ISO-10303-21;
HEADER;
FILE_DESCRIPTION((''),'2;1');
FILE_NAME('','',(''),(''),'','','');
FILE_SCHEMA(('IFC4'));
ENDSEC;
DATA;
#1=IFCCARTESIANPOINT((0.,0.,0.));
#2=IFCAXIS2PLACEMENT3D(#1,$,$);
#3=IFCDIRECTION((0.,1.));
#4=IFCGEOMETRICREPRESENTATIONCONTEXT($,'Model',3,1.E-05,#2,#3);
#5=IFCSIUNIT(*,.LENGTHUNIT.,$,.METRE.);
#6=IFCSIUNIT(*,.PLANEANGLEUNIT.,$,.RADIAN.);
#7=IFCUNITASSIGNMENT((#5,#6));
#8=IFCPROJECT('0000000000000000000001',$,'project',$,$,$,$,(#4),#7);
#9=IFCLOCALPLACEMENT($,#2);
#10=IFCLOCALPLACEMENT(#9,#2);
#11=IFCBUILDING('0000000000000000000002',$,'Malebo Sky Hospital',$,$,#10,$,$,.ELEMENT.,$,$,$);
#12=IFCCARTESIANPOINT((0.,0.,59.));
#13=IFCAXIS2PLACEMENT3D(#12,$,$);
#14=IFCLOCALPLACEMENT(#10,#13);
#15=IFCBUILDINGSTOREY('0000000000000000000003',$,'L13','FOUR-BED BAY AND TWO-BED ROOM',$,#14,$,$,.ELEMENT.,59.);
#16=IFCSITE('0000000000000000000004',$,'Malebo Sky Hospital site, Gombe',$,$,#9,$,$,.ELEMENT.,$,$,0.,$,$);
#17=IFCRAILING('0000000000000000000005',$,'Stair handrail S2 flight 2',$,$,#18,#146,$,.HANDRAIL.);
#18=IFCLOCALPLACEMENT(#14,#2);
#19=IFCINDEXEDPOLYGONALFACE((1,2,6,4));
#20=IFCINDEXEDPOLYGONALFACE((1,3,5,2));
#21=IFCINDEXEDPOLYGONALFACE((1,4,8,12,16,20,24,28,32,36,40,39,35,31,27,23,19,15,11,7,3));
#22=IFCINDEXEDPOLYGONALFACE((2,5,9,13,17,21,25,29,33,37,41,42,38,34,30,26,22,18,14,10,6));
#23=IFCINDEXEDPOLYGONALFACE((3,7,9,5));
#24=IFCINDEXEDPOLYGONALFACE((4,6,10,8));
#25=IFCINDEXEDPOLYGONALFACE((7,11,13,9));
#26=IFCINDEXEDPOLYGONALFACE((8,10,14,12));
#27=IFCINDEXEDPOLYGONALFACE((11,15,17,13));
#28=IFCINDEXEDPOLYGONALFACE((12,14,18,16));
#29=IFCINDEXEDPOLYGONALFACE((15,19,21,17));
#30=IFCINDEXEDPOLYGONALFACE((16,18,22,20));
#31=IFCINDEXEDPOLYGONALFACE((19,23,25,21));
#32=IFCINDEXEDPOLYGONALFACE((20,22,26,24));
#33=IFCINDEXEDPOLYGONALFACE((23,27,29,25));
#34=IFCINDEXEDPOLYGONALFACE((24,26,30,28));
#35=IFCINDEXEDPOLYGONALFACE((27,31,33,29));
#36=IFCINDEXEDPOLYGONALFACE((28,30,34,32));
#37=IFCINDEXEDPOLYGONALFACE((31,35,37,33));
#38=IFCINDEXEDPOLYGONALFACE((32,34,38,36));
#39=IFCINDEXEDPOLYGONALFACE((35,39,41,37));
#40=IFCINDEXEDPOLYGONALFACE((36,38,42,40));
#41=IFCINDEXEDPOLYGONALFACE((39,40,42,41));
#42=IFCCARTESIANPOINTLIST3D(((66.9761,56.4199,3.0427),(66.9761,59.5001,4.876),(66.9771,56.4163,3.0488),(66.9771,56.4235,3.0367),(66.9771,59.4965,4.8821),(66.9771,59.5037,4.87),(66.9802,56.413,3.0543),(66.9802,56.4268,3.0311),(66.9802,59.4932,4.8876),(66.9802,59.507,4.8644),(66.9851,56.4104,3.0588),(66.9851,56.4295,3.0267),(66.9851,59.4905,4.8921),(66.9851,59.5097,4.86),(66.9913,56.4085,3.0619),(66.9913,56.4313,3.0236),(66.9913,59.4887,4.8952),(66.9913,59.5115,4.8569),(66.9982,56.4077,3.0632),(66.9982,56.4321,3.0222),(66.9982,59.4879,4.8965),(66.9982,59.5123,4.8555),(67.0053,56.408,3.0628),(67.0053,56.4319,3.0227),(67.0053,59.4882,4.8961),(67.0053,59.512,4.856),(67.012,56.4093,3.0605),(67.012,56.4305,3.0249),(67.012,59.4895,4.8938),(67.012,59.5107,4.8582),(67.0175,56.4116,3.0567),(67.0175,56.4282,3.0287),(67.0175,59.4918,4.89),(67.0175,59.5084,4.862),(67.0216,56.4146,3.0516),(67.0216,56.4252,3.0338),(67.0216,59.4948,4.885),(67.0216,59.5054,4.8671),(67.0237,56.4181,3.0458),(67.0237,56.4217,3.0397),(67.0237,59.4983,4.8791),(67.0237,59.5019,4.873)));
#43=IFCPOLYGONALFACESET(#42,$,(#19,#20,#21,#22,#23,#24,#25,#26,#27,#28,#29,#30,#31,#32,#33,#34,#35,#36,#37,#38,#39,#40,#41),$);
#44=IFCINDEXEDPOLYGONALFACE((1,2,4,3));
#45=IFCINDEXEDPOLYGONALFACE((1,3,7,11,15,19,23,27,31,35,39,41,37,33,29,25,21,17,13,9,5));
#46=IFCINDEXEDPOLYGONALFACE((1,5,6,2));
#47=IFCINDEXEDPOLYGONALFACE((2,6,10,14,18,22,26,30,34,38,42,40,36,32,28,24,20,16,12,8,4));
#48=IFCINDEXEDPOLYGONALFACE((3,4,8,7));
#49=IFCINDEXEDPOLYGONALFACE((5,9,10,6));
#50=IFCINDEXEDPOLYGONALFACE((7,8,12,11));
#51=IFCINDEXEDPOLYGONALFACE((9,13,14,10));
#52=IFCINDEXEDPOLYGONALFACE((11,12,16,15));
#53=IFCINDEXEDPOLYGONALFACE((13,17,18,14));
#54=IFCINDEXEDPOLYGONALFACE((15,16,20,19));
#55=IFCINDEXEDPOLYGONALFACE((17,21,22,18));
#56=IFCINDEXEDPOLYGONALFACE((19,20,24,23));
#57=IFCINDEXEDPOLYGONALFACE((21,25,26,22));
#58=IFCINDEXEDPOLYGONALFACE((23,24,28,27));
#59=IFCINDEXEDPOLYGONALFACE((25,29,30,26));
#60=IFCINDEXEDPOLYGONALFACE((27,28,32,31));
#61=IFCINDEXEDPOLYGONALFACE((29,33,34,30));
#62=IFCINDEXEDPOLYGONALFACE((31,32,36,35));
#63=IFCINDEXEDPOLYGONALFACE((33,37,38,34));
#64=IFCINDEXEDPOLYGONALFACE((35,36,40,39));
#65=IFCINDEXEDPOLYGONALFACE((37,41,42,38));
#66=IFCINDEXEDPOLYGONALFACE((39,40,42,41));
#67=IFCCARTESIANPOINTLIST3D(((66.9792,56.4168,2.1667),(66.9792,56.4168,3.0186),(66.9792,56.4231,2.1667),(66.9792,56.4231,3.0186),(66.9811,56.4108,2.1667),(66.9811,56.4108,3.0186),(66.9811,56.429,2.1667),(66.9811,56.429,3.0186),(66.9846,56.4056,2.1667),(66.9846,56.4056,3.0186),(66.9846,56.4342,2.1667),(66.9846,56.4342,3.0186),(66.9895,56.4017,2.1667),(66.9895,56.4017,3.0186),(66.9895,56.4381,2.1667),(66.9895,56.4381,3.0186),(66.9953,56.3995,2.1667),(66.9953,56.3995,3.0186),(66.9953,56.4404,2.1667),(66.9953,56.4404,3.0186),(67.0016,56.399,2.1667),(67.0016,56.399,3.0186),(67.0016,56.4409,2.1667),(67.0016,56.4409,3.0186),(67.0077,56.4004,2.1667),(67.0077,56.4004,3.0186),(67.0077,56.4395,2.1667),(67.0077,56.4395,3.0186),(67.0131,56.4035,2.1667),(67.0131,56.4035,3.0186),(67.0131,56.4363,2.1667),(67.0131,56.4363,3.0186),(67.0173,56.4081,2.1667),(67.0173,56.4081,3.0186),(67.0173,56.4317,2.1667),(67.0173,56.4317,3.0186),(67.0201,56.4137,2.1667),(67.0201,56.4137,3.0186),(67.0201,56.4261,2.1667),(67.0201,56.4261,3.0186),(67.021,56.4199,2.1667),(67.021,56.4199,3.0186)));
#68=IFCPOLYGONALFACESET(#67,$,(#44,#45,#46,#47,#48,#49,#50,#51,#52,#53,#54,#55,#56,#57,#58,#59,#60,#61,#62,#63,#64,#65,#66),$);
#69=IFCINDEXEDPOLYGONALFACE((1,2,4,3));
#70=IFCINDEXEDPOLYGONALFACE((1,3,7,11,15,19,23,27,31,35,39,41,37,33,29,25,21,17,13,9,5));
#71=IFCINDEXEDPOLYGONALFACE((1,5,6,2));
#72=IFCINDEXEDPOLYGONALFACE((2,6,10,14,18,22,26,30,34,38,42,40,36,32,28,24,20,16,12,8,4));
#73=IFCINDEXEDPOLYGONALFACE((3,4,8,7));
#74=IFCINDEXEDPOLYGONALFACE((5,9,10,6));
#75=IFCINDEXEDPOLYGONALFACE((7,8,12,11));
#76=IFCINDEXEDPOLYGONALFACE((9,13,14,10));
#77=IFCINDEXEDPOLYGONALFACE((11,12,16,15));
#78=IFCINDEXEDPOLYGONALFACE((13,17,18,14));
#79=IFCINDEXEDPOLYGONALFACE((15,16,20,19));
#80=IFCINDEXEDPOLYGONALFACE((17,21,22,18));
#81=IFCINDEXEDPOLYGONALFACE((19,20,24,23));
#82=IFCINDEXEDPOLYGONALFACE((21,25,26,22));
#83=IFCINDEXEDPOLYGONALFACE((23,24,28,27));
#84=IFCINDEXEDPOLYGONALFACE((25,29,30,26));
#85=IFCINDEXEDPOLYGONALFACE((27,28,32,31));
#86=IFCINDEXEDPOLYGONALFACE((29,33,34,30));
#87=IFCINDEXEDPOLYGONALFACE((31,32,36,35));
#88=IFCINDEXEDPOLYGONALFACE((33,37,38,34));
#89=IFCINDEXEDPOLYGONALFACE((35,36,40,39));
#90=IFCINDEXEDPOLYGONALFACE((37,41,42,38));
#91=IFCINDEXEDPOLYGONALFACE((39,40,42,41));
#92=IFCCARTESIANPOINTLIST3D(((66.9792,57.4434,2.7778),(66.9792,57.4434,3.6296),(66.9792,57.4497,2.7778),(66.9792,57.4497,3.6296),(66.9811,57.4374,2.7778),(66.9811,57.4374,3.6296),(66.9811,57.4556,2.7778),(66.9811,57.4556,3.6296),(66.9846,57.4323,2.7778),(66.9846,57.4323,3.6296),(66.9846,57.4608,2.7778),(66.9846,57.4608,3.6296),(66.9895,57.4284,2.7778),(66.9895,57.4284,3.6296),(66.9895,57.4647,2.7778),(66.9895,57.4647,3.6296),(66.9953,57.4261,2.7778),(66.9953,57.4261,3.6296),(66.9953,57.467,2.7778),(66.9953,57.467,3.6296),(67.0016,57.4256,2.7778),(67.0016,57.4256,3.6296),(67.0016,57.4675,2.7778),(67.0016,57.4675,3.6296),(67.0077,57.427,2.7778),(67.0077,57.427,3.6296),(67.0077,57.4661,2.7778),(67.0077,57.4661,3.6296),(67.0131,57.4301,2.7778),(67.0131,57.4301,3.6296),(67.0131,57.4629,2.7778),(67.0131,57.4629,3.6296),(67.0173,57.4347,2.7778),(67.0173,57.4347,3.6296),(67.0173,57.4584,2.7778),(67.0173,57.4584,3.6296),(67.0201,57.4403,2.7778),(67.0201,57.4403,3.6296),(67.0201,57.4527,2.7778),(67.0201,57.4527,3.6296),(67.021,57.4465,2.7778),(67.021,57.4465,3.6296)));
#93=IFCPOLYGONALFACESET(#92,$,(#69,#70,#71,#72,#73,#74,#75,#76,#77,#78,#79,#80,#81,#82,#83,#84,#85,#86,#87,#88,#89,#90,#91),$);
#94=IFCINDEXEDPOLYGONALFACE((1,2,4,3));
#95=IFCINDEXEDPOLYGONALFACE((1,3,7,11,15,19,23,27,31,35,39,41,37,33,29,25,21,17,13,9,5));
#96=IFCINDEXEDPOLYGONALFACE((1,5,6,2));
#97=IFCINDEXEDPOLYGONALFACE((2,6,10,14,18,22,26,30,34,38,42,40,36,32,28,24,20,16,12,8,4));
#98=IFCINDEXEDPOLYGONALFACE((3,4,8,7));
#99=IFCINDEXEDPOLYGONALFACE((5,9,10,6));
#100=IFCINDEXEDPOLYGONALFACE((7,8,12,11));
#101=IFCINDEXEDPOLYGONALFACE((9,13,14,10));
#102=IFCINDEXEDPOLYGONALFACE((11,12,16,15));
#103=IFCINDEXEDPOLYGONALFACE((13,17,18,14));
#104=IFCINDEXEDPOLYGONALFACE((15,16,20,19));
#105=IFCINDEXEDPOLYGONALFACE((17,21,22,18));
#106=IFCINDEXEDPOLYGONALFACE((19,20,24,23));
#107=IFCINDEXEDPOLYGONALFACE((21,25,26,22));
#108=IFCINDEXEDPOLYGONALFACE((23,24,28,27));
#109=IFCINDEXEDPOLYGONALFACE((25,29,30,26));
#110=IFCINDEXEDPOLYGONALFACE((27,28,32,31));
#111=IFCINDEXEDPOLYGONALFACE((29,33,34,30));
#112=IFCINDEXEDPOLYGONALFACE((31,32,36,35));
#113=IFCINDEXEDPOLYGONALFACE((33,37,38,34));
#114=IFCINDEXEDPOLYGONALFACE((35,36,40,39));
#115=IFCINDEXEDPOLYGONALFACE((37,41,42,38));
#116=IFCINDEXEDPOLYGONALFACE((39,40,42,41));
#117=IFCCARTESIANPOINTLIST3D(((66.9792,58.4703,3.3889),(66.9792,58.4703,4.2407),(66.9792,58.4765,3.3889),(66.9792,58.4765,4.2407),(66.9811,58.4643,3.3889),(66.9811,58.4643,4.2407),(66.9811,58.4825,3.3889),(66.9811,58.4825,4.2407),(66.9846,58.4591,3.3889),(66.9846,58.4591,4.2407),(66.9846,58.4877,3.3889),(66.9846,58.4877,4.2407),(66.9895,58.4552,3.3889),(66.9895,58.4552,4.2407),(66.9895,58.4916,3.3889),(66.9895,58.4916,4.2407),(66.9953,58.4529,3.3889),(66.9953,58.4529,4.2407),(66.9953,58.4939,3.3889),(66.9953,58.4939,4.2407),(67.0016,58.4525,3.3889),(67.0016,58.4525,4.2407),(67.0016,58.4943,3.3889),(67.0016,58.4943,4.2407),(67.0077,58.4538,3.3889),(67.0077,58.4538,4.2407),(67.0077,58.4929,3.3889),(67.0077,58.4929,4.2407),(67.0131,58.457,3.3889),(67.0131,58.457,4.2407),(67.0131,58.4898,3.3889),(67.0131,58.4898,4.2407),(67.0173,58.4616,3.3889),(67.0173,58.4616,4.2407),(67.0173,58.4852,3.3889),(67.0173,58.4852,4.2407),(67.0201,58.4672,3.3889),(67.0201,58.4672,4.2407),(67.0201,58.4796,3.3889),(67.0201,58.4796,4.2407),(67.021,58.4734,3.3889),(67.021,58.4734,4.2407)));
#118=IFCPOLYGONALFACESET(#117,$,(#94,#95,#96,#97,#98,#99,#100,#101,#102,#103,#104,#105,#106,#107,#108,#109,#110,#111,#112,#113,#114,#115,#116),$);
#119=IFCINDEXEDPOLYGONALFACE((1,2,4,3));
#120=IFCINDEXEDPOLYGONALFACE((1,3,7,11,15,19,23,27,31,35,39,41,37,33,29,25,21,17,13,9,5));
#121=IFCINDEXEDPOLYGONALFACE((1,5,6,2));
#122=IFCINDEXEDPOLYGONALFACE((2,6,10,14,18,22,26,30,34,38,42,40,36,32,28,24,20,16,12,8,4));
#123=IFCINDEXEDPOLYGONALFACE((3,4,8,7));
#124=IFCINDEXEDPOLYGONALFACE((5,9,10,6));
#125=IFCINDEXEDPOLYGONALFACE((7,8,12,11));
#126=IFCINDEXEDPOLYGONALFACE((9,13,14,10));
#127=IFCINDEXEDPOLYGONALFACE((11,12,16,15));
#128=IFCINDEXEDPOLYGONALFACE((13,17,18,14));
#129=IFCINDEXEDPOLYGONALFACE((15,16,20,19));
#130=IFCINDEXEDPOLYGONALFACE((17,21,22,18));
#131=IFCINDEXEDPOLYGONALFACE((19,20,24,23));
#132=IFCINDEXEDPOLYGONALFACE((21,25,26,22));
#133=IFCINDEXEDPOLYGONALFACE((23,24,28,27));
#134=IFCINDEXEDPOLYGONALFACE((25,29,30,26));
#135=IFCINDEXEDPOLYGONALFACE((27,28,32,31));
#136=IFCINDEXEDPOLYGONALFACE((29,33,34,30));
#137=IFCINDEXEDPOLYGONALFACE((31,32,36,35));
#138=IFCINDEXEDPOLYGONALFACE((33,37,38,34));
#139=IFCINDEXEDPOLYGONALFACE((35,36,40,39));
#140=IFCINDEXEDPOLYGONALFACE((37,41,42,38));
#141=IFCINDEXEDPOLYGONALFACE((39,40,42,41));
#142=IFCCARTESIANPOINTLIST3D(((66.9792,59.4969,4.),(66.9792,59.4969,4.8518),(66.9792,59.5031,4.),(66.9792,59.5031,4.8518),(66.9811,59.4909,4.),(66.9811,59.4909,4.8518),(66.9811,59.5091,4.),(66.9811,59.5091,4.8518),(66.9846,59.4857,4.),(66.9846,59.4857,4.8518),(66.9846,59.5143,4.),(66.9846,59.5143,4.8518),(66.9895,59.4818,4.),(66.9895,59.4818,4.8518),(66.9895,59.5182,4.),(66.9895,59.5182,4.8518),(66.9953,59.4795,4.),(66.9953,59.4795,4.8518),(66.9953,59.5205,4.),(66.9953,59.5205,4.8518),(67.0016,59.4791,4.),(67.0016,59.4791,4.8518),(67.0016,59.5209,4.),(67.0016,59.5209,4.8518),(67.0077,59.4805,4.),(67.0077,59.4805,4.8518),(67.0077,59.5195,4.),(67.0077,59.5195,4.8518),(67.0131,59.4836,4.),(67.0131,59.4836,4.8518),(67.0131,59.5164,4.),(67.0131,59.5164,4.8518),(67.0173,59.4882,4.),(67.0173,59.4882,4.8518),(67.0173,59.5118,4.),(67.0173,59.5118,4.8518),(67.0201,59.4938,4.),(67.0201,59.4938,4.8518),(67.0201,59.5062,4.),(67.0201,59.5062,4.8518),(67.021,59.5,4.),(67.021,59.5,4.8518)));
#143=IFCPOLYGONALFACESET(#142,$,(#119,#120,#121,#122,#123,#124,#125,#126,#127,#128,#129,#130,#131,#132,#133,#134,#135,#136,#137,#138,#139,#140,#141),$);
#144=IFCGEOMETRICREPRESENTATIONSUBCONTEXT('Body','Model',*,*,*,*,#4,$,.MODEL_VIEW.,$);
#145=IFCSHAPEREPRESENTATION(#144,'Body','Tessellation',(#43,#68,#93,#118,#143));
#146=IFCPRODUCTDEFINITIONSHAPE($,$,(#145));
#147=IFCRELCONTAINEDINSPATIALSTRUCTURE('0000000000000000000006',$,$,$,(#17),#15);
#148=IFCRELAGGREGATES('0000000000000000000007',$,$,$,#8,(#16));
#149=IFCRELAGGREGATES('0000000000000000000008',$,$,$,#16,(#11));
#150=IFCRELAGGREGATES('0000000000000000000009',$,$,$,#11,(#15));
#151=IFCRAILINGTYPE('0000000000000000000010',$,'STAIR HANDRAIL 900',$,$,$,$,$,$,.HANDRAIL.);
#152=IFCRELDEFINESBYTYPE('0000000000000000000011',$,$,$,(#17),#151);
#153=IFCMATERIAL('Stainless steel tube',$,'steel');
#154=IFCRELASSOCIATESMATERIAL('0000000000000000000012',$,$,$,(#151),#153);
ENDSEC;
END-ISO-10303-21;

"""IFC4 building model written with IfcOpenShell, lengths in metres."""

from ifc_helpers import new_model, si_unit, direction, frame, origin, origin_2d, place, context, subcontext, project, spatial, circle, extrude, material, type_object, element, save


model = new_model("IFC4")

# Units and contexts
model_context = context("Model", 3, precision=1e-05, world=origin(), true_north=direction((0.0, 1.0)))
body_context = subcontext(model_context, "Body", "Model", "MODEL_VIEW")
ifc_project = project(units=[si_unit("LENGTHUNIT", "METRE"), si_unit("PLANEANGLEUNIT", "RADIAN")], contexts=[model_context])

# Site, building, storey
site_placement = place(None, origin())
site = spatial("IfcSite", under=ifc_project, at=site_placement, Name="Malebo Sky Hospital site, Gombe", CompositionType="ELEMENT", RefElevation=0.0)
building_placement = place(site_placement, origin())
building = spatial("IfcBuilding", under=site, at=building_placement, Name="Malebo Sky Hospital", CompositionType="ELEMENT")
storey_placement = place(building_placement, frame((0.0, 0.0, 59.0)))
storey = spatial("IfcBuildingStorey", under=building, at=storey_placement, Name="L13", Description="FOUR-BED BAY AND TWO-BED ROOM", CompositionType="ELEMENT", Elevation=59.0)

# Railing
ifc_material_1 = material(Name="Stainless steel tube", Category="steel")
railing_type = type_object("IfcRailingType", Name="STAIR HANDRAIL 900", PredefinedType="HANDRAIL", material=ifc_material_1)
railing_1_placement = place(storey_placement, frame((67.0, 56.4199, 2.1667)))
element("IfcRailing", 1, at=railing_1_placement, inside=storey, type_object=railing_type, Name="Stair handrail S2 flight 2", PredefinedType="HANDRAIL", context=body_context, shape_type="SweptSolid", body=[
    extrude(circle(Radius=0.0239, at=origin_2d()), frame((0.0, 0.0, 0.876), z_axis=(0.0, 0.859309, 0.511458), x_axis=(-1.0, 0.0, 0.0)), (0.0, 0.0, 1.0), 3.5845),
    extrude(circle(Radius=0.021, at=origin_2d()), origin(), (0.0, 0.0, 1.0), 0.8518),
    extrude(circle(Radius=0.021, at=origin_2d()), frame((0.0, 1.0266, 0.6111)), (0.0, 0.0, 1.0), 0.8518),
    extrude(circle(Radius=0.021, at=origin_2d()), frame((0.0, 2.0535, 1.2222)), (0.0, 0.0, 1.0), 0.8518),
    extrude(circle(Radius=0.021, at=origin_2d()), frame((0.0, 3.0801, 1.8333)), (0.0, 0.0, 1.0), 0.8518),
])

save(model, "model.ifc")
